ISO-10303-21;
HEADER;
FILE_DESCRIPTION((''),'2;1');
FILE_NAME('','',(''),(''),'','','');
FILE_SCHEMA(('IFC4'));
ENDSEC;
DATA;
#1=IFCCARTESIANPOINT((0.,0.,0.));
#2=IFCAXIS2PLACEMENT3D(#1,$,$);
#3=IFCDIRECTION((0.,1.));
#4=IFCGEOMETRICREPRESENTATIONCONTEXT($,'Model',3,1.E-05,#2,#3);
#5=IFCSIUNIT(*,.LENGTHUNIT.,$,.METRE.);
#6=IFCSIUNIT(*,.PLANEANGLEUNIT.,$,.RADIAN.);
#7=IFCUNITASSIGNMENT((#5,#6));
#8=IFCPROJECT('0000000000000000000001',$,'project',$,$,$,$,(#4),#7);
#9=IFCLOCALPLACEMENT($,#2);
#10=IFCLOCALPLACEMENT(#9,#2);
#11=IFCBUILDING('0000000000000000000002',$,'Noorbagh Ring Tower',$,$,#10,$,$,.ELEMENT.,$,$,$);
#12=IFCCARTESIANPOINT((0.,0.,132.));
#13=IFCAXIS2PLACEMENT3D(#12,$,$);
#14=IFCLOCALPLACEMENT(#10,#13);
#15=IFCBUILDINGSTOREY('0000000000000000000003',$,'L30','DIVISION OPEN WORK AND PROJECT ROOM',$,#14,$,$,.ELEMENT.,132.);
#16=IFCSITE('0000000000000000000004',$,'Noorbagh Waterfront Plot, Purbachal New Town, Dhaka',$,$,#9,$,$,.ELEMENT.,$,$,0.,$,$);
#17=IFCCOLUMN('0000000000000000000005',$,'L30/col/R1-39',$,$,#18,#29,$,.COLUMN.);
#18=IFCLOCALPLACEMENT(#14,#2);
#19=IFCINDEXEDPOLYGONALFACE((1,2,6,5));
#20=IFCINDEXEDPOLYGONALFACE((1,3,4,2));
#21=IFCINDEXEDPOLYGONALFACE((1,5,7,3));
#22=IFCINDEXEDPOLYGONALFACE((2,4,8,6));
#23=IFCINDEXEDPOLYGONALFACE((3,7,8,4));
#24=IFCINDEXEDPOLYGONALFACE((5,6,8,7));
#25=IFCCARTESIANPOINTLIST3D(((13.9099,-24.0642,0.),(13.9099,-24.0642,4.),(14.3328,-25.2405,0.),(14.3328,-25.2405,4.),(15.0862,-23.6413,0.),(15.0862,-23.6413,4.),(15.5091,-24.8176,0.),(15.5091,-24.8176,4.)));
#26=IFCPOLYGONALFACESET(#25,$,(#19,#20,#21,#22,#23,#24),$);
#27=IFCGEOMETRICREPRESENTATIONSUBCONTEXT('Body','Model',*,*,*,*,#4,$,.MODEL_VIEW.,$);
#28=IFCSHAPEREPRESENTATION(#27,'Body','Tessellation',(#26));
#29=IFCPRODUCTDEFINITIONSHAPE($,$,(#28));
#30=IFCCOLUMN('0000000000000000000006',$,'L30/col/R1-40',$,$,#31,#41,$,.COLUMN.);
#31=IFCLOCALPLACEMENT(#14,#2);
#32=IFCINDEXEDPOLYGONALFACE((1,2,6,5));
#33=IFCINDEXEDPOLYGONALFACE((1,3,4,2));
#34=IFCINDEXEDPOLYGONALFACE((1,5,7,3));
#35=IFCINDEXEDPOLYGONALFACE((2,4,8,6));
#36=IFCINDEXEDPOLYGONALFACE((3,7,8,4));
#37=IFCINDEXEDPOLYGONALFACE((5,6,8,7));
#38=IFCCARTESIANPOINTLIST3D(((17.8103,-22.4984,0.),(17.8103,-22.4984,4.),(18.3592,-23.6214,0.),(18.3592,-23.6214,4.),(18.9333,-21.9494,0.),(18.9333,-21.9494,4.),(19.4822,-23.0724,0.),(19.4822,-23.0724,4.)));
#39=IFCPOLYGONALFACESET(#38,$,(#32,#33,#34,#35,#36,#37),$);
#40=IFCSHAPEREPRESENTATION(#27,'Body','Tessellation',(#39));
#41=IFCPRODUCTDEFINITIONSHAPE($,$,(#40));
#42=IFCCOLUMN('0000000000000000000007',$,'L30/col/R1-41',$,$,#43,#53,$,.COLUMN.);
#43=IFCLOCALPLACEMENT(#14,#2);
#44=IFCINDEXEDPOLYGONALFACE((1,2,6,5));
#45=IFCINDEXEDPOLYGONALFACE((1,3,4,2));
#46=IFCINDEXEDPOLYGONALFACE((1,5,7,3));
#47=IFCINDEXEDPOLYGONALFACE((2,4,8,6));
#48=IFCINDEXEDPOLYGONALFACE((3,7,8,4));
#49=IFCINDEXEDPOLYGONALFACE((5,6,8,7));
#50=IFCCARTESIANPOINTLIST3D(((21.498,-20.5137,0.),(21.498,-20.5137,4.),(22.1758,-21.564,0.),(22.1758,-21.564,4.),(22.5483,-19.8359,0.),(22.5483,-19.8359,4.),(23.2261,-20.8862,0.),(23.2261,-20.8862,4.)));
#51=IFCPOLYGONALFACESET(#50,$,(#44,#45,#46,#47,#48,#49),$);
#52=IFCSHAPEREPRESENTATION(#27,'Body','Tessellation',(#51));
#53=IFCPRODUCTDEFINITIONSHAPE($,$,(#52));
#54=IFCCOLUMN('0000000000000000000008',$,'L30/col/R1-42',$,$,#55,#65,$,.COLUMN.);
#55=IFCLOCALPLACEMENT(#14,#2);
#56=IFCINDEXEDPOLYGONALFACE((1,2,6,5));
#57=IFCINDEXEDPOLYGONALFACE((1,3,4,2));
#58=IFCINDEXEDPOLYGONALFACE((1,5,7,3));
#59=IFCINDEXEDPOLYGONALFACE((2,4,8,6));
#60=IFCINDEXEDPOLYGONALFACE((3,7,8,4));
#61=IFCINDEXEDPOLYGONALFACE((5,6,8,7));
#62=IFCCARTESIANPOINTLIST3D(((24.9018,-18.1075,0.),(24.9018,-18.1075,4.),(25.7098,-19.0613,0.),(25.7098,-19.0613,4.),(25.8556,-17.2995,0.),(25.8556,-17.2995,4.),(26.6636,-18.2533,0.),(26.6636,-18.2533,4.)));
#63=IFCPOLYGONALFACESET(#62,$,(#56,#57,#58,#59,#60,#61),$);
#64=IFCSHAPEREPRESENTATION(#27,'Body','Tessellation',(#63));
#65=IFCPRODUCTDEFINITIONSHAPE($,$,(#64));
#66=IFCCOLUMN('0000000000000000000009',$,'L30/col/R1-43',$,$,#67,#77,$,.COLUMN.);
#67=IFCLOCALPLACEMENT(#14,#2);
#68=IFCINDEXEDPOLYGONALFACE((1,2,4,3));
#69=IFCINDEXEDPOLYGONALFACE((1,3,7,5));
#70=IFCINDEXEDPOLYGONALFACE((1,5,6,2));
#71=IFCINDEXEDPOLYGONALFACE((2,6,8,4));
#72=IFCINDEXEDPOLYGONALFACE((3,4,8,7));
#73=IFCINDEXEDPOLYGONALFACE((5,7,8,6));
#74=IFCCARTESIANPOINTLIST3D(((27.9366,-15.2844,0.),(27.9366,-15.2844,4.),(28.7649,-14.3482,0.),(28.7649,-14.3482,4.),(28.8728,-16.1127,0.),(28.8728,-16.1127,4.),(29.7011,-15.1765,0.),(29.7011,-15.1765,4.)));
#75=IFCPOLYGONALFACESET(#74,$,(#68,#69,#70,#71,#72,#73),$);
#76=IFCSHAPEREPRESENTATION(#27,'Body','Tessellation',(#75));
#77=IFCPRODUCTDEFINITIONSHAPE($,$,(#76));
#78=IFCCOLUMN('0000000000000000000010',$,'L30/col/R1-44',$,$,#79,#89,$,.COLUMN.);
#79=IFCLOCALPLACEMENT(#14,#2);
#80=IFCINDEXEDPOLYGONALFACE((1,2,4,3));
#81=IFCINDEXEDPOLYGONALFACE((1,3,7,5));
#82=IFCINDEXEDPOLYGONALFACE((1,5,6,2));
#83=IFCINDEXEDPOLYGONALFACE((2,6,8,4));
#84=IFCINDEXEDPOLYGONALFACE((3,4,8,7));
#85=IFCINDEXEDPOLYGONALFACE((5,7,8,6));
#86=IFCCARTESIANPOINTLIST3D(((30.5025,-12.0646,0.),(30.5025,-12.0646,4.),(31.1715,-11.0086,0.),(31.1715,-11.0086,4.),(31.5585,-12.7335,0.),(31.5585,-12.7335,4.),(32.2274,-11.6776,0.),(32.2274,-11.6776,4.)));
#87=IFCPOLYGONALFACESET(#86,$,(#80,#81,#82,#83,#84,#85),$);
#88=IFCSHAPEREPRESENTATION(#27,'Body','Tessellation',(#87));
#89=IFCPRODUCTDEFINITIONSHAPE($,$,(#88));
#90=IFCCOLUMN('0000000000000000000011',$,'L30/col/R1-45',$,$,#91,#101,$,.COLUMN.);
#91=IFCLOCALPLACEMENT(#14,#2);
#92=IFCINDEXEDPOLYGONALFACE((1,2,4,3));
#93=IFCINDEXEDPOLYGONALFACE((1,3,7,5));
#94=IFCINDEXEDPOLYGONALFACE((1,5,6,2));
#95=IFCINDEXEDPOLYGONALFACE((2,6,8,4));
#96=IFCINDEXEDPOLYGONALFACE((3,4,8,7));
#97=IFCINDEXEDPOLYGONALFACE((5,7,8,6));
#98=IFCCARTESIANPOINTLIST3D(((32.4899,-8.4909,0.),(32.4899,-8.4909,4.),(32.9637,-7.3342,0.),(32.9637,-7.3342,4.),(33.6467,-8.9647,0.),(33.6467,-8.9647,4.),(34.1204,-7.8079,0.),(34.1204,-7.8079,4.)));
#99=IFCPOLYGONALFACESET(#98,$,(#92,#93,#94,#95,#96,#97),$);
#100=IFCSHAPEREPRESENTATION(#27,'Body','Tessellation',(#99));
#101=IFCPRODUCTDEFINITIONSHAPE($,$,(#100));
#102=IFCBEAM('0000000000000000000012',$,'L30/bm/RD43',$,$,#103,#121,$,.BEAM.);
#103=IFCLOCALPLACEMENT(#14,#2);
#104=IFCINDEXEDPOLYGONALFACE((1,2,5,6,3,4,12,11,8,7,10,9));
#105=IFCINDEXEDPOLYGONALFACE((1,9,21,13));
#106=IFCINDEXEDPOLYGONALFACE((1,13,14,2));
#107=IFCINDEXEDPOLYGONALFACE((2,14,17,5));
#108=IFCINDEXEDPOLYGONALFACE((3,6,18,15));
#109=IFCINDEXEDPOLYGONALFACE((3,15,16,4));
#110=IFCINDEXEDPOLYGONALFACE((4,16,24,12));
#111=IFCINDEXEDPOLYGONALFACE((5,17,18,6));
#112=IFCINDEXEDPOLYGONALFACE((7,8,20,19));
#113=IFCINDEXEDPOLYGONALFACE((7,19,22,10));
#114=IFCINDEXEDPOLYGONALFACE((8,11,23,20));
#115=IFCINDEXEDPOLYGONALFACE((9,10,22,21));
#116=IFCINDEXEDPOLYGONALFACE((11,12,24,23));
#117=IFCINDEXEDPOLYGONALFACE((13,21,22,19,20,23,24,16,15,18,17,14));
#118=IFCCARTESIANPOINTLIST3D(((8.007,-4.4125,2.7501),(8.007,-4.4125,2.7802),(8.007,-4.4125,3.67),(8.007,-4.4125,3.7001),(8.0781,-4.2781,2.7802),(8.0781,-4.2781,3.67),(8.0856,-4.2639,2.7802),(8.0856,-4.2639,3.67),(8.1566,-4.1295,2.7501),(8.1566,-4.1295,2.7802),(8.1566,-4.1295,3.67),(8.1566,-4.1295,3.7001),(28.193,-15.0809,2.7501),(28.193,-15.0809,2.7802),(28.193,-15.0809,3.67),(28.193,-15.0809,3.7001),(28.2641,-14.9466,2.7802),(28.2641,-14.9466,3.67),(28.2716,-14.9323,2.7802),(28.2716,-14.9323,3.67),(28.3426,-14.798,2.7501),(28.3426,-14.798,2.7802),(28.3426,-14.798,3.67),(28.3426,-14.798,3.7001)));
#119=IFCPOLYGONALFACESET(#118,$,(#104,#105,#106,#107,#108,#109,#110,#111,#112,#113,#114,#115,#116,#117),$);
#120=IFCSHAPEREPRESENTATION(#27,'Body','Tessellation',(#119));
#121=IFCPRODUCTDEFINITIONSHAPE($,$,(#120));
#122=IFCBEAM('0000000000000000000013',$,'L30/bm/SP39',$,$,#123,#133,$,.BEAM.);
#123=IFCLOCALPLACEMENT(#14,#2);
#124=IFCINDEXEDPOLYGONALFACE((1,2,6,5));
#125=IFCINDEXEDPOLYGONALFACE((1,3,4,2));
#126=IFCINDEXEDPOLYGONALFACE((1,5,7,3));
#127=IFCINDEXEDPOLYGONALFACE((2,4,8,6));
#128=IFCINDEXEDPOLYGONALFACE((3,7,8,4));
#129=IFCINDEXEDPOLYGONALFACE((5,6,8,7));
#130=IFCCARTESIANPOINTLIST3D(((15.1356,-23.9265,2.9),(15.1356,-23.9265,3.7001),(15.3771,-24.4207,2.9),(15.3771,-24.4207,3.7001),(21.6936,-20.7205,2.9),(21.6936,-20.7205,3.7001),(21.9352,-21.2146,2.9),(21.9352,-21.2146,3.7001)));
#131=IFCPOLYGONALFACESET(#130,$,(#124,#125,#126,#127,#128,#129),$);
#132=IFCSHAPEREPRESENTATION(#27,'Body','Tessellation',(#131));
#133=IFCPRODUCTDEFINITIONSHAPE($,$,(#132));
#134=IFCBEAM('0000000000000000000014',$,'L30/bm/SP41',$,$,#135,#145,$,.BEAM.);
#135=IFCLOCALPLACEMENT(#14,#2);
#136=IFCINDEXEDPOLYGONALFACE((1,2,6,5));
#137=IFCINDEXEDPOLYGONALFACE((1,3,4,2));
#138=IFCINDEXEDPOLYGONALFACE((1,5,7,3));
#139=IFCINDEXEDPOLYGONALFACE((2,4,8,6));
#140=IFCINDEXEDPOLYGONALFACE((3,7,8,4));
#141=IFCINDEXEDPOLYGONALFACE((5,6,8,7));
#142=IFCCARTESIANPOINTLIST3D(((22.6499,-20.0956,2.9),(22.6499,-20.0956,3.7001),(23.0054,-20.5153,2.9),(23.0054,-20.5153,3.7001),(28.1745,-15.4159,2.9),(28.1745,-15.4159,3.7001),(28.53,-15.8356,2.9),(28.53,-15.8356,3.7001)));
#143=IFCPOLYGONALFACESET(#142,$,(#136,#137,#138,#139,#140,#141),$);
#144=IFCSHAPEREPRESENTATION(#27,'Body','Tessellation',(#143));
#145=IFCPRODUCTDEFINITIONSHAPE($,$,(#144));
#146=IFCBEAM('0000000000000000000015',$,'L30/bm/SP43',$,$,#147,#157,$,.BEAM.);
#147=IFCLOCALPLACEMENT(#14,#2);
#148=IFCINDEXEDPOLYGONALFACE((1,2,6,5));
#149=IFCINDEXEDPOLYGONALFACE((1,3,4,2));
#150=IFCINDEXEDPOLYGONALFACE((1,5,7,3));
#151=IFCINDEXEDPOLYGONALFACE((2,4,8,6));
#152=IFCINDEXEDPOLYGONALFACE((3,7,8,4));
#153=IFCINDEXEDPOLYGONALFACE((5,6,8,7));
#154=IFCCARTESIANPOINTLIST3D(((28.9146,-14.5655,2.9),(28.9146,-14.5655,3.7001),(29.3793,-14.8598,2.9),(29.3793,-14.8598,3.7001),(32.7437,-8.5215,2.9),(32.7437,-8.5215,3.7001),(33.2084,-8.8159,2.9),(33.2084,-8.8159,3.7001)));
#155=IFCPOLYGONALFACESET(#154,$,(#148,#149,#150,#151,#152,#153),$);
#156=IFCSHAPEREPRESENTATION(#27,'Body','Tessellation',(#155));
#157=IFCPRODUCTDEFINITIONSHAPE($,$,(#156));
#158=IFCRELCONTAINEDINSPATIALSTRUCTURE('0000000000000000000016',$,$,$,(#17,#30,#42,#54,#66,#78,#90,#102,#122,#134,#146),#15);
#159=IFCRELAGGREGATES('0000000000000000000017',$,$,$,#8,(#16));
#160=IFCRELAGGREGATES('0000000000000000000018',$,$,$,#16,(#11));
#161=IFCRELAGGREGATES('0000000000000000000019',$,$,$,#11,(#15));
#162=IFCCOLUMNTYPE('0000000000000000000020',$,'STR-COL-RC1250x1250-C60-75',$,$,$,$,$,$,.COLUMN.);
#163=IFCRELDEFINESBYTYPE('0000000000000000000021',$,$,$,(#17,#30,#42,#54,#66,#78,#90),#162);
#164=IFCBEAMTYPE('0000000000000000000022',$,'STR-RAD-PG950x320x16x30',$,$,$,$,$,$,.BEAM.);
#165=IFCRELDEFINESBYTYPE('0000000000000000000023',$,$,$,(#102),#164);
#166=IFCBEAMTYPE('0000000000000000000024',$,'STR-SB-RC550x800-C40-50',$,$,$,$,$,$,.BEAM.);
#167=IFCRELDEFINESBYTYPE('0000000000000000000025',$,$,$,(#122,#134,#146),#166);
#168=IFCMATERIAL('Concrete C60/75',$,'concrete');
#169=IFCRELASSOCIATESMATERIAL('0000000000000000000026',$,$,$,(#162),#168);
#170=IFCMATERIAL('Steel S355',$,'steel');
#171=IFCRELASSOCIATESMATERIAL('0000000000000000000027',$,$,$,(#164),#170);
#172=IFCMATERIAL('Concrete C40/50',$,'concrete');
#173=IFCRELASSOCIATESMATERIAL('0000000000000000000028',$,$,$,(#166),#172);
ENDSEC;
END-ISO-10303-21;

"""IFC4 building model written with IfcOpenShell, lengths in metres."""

from ifc_helpers import new_model, si_unit, direction, frame, origin, origin_2d, place, context, subcontext, project, spatial, rectangle, i_section, extrude, material, material_profile, profile_set, type_object, element, save


model = new_model("IFC4")

# Units and contexts
model_context = context("Model", 3, precision=1e-05, world=origin(), true_north=direction((0.0, 1.0)))
body_context = subcontext(model_context, "Body", "Model", "MODEL_VIEW")
ifc_project = project(units=[si_unit("LENGTHUNIT", "METRE"), si_unit("PLANEANGLEUNIT", "RADIAN")], contexts=[model_context])

# Site, building, storey
site_placement = place(None, origin())
site = spatial("IfcSite", under=ifc_project, at=site_placement, Name="Noorbagh Waterfront Plot, Purbachal New Town, Dhaka", CompositionType="ELEMENT", RefElevation=0.0)
building_placement = place(site_placement, origin())
building = spatial("IfcBuilding", under=site, at=building_placement, Name="Noorbagh Ring Tower", CompositionType="ELEMENT")
storey_placement = place(building_placement, frame((0.0, 0.0, 132.0)))
storey = spatial("IfcBuildingStorey", under=building, at=storey_placement, Name="L30", Description="DIVISION OPEN WORK AND PROJECT ROOM", CompositionType="ELEMENT", Elevation=132.0)

# Columns
ifc_material_1 = material(Name="Concrete C60/75", Category="concrete")
ifc_material_profile_1 = material_profile(ifc_material_1, rectangle(XDim=1.25, YDim=1.25, at=origin_2d()), Name="RC1250x1250")
ifc_profile_set_1 = profile_set([ifc_material_profile_1], Name="Concrete C60/75")
column_type = type_object("IfcColumnType", Name="STR-COL-RC1250x1250-C60-75", PredefinedType="COLUMN", material=ifc_profile_set_1)
for number, where, z_axis, x_axis, name in (
    (1, (14.7095, -24.4409, 0.0), (0.0, 0.0, 1.0), (0.941025, 0.338338, 0.0), "L30/col/R1-39"),
    (2, (18.6462, -22.7854, 0.0), (0.0, 0.0, 1.0), (0.898399, 0.43918, 0.0), "L30/col/R1-40"),
    (3, (22.3621, -20.7, 0.0), (0.0, 0.0, 1.0), (0.840248, 0.542203, 0.0), "L30/col/R1-41"),
    (4, (25.7827, -18.1804, 0.0), (0.0, 0.0, 1.0), (0.763035, 0.646357, 0.0), "L30/col/R1-42"),
    (5, (28.8188, -15.2305, 0.0), (0.0, 0.0, 1.0), (0.662636, 0.748942, 0.0), "L30/col/R1-43"),
    (6, (31.365, -11.8711, 0.0), (0.0, 0.0, 1.0), (0.53519, 0.844731, 0.0), "L30/col/R1-44"),
    (7, (33.3052, -8.1494, 0.0), (0.0, 0.0, 1.0), (0.378989, 0.925401, 0.0), "L30/col/R1-45"),
):
    element("IfcColumn", number, at=place(storey_placement, frame(where, z_axis=z_axis, x_axis=x_axis)), inside=storey, type_object=column_type, Name=name, PredefinedType="COLUMN", context=body_context, shape_type="SweptSolid", body=[
        extrude(rectangle(XDim=1.25, YDim=1.25, at=origin_2d()), origin(), (0.0, 0.0, 1.0), 4.0),
    ])

# Beams
ifc_material_2 = material(Name="Steel S355", Category="steel")
ifc_material_profile_2 = material_profile(ifc_material_2, i_section(OverallWidth=0.3201, OverallDepth=0.95, WebThickness=0.0161, FlangeThickness=0.03, at=origin_2d()), Name="PG950x320x16x30")
ifc_profile_set_2 = profile_set([ifc_material_profile_2], Name="Steel S355")
beam_type_1 = type_object("IfcBeamType", Name="STR-RAD-PG950x320x16x30", PredefinedType="BEAM", material=ifc_profile_set_2)
beam_1_placement = place(storey_placement, frame((28.2678, -14.9395, 3.2251), z_axis=(-0.884119, 0.467263, 0.0), x_axis=(-0.467263, -0.884119, 0.0)))
element("IfcBeam", 8, at=beam_1_placement, inside=storey, type_object=beam_type_1, Name="L30/bm/RD43", PredefinedType="BEAM", context=body_context, shape_type="SweptSolid", body=[
    extrude(i_section(OverallWidth=0.3201, OverallDepth=0.95, WebThickness=0.0161, FlangeThickness=0.03, at=origin_2d()), origin(), (0.0, 0.0, 1.0), 22.8318),
])
ifc_material_3 = material(Name="Concrete C40/50", Category="concrete")
ifc_material_profile_3 = material_profile(ifc_material_3, rectangle(XDim=0.55, YDim=0.8, at=origin_2d()), Name="RC550x800")
ifc_profile_set_3 = profile_set([ifc_material_profile_3], Name="Concrete C40/50")
beam_type_2 = type_object("IfcBeamType", Name="STR-SB-RC550x800-C40-50", PredefinedType="BEAM", material=ifc_profile_set_3)
beam_2_placement = place(storey_placement, frame((15.2563, -24.1736, 3.3), z_axis=(0.898391, 0.439196, 0.0), x_axis=(-0.439196, 0.898391, 0.0)))
element("IfcBeam", 9, at=beam_2_placement, inside=storey, type_object=beam_type_2, Name="L30/bm/SP39", PredefinedType="BEAM", context=body_context, shape_type="SweptSolid", body=[
    extrude(rectangle(XDim=0.55, YDim=0.8, at=origin_2d()), origin(), (0.0, 0.0, 1.0), 7.2998),
])
beam_3_placement = place(storey_placement, frame((22.8276, -20.3054, 3.3), z_axis=(0.763047, 0.646343, 0.0), x_axis=(-0.646343, 0.763047, 0.0)))
element("IfcBeam", 10, at=beam_3_placement, inside=storey, type_object=beam_type_2, Name="L30/bm/SP41", PredefinedType="BEAM", context=body_context, shape_type="SweptSolid", body=[
    extrude(rectangle(XDim=0.55, YDim=0.8, at=origin_2d()), origin(), (0.0, 0.0, 1.0), 7.2402),
])
beam_4_placement = place(storey_placement, frame((29.147, -14.7126, 3.3), z_axis=(0.535179, 0.844739, 0.0), x_axis=(-0.844739, 0.535179, 0.0)))
element("IfcBeam", 11, at=beam_4_placement, inside=storey, type_object=beam_type_2, Name="L30/bm/SP43", PredefinedType="BEAM", context=body_context, shape_type="SweptSolid", body=[
    extrude(rectangle(XDim=0.55, YDim=0.8, at=origin_2d()), origin(), (0.0, 0.0, 1.0), 7.1548),
])

save(model, "model.ifc")
